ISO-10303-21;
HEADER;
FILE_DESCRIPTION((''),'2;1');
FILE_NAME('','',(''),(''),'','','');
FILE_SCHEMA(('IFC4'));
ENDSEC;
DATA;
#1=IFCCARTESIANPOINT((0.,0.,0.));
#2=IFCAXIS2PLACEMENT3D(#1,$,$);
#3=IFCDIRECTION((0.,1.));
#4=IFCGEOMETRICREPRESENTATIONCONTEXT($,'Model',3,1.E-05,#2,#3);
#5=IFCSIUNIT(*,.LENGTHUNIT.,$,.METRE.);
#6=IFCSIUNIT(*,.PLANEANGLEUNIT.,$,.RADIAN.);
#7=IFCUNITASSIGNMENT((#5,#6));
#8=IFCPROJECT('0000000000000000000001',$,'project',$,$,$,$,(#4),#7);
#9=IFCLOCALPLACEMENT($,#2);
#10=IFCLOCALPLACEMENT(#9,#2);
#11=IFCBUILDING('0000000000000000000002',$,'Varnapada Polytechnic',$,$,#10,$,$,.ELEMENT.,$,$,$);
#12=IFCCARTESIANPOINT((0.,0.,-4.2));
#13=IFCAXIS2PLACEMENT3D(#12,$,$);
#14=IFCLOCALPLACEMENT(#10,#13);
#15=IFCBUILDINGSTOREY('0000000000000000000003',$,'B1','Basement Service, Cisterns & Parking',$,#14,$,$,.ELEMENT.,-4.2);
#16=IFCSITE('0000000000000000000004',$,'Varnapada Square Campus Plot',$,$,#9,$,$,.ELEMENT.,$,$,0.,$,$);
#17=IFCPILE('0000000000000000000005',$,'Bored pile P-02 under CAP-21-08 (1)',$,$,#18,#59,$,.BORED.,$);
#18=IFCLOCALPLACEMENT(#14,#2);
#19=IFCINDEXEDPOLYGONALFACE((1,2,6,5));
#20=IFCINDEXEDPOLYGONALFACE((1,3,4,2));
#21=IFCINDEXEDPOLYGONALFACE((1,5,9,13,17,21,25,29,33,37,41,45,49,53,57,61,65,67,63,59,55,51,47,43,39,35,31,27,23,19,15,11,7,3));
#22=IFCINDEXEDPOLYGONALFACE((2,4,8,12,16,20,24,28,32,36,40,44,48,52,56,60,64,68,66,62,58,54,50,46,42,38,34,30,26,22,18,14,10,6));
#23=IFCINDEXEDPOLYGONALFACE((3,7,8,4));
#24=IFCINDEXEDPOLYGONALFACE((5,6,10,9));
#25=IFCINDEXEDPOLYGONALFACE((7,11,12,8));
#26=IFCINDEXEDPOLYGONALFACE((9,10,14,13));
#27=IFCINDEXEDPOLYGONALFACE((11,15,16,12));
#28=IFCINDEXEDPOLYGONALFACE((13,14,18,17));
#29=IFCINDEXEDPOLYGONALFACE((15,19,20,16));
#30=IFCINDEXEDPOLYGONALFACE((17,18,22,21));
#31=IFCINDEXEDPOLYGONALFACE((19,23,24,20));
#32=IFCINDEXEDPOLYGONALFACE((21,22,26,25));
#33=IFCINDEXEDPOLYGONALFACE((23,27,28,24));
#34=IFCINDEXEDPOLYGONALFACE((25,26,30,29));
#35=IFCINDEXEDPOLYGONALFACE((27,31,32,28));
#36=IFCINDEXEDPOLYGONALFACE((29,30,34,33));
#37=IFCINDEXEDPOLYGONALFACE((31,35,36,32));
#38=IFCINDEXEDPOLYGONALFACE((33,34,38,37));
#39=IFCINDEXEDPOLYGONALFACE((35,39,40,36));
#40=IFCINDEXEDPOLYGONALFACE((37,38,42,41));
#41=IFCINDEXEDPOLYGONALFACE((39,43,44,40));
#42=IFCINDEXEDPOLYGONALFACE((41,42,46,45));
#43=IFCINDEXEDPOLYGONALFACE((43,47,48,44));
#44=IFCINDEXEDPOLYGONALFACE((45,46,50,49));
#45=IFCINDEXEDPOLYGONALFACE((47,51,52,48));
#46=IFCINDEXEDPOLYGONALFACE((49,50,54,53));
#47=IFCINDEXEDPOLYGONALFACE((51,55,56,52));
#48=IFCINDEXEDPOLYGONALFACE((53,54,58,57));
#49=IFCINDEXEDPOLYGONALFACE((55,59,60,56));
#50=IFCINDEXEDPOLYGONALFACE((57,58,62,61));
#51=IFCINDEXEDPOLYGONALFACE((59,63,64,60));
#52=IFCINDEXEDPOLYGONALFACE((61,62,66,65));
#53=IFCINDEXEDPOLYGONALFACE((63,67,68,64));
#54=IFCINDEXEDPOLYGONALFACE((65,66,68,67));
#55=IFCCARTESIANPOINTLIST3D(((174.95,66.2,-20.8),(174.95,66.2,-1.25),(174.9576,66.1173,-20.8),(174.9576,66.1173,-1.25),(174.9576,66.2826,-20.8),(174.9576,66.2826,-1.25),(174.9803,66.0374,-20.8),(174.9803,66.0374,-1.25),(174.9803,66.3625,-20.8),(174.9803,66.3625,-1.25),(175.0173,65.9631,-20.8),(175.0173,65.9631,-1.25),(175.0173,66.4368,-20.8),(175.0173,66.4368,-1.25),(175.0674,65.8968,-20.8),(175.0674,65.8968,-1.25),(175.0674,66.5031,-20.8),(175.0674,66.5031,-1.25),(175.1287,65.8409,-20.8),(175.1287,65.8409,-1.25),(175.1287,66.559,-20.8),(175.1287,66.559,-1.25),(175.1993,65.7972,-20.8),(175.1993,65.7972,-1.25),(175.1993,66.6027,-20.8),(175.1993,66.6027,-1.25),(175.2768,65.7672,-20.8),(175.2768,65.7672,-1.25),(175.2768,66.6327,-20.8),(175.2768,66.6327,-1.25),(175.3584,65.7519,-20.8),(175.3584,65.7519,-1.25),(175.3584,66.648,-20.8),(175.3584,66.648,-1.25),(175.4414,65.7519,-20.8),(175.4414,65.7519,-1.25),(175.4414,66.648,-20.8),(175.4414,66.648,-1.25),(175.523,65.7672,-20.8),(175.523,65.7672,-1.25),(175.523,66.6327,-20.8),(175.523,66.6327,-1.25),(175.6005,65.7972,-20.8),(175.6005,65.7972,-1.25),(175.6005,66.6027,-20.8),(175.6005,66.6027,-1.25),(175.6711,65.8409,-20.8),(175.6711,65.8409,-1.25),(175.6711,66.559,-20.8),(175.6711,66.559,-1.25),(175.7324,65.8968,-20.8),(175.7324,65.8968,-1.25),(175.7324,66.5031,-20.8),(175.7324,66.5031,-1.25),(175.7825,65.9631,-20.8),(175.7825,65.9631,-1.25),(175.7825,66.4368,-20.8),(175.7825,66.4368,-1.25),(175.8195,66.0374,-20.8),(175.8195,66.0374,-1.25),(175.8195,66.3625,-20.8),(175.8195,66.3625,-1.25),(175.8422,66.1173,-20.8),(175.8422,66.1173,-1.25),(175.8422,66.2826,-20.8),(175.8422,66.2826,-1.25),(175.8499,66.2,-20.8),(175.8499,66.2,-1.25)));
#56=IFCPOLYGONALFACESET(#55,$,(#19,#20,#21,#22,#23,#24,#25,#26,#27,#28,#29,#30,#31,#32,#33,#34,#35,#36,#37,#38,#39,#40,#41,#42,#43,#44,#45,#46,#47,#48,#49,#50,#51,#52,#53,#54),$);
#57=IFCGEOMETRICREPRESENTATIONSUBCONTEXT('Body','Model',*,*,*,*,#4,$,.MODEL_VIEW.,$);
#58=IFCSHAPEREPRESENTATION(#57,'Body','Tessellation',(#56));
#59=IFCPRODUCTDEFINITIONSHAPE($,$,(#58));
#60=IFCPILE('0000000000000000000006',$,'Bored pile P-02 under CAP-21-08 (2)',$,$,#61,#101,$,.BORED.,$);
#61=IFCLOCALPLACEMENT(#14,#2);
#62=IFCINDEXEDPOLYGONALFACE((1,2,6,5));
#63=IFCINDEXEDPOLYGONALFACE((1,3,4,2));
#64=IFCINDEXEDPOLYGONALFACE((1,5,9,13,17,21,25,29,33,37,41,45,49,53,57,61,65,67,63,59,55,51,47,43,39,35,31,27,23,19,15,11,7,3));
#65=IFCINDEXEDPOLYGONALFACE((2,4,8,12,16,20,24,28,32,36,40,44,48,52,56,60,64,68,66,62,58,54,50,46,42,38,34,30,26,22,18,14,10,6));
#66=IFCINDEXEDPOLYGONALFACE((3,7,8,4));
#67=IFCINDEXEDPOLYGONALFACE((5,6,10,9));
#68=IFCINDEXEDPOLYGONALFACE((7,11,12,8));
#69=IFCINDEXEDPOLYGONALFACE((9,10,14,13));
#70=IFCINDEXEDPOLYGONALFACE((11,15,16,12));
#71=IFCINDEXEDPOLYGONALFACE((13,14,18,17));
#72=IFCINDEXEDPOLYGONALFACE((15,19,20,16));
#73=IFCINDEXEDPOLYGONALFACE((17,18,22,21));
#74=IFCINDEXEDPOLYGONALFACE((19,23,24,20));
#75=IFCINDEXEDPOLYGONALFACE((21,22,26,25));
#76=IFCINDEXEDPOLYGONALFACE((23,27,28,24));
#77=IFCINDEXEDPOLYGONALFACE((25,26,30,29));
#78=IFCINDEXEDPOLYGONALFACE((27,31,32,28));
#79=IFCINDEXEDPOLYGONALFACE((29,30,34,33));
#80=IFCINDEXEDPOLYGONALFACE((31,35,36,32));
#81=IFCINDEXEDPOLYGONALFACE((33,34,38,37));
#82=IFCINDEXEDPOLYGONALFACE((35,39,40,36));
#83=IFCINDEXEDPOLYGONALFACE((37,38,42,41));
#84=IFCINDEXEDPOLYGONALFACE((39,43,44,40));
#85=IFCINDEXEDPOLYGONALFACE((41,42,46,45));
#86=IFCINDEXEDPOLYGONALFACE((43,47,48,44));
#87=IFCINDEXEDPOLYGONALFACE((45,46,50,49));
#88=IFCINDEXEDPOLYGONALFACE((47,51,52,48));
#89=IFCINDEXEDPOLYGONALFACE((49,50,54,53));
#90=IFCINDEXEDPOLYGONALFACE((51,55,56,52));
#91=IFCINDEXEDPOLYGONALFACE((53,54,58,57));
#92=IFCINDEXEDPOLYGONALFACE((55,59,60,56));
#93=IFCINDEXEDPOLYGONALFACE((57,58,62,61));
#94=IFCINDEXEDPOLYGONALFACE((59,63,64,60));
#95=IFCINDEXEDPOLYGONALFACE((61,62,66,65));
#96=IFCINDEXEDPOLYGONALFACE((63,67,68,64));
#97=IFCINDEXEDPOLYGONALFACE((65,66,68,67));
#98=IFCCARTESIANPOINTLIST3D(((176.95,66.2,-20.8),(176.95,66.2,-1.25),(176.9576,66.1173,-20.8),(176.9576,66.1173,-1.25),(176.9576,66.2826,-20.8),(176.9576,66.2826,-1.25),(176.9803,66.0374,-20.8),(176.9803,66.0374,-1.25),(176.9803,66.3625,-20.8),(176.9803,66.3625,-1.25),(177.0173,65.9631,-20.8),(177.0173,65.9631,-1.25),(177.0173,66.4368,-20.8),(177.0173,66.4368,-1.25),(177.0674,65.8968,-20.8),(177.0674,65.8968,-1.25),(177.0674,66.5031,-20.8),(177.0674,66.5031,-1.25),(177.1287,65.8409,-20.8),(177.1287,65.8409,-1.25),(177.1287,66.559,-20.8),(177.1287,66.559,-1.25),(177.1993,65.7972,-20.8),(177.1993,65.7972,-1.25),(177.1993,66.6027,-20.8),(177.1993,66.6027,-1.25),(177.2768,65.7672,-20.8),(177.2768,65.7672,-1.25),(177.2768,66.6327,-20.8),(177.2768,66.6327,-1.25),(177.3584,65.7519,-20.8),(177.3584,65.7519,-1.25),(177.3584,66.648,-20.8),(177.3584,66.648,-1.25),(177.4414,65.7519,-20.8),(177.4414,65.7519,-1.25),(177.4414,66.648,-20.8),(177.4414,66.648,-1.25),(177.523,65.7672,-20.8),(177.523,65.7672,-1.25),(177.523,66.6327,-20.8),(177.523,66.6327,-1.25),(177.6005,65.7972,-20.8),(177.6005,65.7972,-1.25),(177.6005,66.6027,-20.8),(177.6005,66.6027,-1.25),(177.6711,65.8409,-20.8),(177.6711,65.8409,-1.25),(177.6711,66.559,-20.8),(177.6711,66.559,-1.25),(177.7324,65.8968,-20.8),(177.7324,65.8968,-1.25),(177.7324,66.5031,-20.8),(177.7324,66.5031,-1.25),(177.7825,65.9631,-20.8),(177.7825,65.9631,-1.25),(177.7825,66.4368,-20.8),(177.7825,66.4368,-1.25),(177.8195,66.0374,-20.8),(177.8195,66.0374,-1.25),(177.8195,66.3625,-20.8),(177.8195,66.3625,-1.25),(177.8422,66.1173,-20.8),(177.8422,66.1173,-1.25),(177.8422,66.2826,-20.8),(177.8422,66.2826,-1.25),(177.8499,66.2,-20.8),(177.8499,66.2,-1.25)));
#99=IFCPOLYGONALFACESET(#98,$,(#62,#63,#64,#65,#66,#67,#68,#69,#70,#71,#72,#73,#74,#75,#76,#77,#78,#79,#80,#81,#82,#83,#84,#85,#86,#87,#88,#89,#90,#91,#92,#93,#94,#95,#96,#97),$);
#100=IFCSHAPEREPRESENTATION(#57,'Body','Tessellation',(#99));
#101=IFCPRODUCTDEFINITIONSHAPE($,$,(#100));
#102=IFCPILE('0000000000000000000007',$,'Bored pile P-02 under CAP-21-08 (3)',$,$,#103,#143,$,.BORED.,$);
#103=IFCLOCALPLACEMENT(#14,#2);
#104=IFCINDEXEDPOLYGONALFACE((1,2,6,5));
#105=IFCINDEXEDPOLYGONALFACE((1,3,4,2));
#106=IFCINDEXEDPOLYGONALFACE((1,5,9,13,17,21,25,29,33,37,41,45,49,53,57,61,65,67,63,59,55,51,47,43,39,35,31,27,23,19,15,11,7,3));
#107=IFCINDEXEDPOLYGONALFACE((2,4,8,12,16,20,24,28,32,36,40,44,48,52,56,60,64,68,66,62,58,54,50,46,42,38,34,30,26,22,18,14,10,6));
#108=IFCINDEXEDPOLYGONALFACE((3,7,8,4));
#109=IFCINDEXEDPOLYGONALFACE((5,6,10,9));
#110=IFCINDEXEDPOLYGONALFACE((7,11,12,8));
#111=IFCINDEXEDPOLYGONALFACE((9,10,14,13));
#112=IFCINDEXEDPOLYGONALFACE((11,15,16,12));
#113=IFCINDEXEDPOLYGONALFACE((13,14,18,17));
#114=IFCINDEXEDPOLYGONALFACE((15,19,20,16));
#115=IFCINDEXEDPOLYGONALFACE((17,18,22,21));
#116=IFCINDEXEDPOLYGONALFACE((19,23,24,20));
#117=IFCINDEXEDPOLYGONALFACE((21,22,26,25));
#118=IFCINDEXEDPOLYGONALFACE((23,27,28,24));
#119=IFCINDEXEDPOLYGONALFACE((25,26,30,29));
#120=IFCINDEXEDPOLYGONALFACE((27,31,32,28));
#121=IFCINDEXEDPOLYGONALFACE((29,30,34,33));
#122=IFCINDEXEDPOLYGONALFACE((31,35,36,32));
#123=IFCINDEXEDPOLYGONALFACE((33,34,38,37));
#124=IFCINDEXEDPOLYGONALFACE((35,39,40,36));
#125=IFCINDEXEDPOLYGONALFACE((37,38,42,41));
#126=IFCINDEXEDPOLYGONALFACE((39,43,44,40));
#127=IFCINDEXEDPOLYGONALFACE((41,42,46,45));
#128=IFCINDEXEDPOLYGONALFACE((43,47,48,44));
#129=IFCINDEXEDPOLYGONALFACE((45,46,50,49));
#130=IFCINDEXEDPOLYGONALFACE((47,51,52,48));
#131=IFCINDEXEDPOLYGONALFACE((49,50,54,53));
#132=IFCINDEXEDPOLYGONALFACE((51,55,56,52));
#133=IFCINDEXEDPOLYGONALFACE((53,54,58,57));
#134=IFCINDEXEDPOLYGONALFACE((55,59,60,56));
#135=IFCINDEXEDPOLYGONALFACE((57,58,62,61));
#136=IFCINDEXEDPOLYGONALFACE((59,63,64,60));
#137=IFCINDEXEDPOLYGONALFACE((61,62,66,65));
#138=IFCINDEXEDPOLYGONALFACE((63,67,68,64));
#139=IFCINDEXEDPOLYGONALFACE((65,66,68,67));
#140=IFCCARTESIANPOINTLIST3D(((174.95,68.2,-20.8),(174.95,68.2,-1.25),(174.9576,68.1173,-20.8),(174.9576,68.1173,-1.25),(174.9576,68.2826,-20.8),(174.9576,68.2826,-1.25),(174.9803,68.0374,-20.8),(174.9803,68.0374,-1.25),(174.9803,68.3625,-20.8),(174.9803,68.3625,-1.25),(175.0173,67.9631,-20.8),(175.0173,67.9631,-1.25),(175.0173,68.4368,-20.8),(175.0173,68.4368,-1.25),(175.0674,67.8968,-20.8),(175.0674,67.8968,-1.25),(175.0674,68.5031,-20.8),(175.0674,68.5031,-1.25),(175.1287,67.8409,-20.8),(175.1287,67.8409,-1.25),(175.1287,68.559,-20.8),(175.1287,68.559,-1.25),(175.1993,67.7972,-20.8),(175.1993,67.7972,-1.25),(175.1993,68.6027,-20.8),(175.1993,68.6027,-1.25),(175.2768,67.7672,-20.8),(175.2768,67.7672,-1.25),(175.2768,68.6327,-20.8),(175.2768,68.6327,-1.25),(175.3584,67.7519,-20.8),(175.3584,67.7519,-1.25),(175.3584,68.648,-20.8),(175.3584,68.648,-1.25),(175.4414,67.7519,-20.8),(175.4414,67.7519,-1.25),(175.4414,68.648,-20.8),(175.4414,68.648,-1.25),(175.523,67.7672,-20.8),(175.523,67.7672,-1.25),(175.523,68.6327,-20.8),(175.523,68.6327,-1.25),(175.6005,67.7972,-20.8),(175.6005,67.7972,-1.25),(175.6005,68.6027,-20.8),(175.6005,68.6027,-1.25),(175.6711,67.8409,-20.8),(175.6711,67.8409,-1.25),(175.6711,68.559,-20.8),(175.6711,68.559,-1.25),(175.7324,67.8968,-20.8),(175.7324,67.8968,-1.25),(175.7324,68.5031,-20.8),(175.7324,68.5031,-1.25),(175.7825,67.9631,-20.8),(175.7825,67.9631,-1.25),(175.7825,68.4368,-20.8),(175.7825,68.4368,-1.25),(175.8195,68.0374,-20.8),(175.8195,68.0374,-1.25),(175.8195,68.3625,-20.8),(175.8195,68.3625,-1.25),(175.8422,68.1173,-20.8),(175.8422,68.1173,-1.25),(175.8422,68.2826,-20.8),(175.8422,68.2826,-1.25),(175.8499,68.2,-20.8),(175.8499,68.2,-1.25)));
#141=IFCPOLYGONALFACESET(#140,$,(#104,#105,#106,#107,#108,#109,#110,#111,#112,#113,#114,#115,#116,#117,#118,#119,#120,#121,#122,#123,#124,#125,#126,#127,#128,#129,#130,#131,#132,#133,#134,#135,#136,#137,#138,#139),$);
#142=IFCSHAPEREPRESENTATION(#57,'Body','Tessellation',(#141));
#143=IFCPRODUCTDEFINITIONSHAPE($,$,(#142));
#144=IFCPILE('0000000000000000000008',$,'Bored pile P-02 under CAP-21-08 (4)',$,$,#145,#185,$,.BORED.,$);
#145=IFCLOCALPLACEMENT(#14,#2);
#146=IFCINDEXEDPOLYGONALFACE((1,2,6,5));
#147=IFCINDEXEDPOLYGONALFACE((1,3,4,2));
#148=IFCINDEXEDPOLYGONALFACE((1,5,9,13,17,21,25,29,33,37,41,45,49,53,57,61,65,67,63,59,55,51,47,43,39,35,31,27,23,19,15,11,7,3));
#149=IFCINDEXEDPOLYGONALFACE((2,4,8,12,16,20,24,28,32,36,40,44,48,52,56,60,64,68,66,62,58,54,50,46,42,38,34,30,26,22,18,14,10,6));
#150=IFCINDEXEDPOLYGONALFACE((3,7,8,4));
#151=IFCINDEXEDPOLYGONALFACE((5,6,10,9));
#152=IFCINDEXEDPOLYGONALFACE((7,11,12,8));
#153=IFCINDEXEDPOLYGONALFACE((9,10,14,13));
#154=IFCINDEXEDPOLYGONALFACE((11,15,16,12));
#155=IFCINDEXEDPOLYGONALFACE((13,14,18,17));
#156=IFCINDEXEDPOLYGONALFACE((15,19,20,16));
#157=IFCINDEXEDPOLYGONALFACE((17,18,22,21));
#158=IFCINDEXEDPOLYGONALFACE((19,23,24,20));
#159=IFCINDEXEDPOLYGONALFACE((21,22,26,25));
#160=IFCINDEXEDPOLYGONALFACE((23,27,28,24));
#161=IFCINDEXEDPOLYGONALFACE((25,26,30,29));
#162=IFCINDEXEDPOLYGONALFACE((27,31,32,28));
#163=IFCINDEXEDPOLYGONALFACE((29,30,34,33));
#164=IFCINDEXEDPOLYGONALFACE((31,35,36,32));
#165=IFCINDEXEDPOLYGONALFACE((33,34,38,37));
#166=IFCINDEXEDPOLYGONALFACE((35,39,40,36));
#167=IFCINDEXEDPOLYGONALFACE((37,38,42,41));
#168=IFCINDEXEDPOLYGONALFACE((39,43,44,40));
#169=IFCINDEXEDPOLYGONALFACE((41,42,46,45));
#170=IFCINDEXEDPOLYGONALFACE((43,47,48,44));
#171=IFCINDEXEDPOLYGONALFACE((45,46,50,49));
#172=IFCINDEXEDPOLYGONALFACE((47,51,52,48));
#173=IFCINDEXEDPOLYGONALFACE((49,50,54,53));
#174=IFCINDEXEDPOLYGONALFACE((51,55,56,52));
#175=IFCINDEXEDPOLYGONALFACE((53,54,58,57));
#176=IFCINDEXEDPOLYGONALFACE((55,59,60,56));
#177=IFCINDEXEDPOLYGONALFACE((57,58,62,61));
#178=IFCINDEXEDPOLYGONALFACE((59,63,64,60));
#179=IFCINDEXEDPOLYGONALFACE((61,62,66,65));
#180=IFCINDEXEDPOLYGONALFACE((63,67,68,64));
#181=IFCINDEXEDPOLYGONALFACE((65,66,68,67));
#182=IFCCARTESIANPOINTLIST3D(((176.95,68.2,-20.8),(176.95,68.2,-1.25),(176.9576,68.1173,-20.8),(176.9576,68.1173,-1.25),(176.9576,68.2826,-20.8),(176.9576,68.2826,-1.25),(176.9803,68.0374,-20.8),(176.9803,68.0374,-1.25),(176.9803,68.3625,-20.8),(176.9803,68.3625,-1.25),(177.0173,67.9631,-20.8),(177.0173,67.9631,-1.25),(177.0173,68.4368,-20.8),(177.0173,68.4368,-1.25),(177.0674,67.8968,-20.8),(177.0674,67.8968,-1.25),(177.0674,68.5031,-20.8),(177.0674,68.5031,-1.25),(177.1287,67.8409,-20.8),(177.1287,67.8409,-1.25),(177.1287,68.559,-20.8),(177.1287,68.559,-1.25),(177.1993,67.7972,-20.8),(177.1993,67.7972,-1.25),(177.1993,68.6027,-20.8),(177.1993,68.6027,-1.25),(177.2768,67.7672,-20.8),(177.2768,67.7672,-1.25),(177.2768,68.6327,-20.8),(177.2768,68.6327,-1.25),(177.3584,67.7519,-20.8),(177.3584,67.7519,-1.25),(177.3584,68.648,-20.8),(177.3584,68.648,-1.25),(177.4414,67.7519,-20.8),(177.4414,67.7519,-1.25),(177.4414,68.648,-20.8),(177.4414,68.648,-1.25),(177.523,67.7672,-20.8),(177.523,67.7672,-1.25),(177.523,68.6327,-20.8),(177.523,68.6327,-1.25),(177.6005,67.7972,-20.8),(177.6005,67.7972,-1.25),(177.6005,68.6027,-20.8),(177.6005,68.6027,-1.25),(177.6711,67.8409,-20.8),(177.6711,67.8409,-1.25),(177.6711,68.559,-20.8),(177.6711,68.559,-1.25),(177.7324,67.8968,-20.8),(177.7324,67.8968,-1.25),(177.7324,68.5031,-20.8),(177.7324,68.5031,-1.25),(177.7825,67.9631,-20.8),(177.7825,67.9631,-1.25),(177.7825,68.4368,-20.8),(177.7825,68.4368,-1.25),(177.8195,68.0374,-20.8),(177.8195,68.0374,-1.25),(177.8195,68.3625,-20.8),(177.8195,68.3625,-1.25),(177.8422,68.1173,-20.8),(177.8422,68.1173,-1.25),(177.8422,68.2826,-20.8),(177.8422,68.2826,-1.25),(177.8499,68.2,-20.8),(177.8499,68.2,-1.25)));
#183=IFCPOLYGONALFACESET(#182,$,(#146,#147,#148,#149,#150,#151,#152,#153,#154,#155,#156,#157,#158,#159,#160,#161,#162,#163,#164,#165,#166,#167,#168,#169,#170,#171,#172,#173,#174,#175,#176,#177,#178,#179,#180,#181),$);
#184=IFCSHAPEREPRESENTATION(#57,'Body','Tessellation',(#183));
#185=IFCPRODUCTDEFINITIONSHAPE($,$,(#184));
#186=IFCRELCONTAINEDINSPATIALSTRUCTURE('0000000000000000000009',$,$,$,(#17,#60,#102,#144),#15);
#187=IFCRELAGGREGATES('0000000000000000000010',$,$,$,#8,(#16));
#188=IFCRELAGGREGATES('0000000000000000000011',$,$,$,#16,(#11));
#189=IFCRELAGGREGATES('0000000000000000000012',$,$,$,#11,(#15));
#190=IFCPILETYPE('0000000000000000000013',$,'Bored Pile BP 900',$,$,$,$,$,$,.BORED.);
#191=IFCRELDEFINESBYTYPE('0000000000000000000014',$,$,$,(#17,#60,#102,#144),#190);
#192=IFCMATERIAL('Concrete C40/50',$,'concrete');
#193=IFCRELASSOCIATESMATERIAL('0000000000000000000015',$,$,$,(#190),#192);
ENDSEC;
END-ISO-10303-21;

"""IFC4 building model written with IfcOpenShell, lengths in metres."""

from ifc_helpers import new_model, si_unit, direction, frame, origin, origin_2d, place, context, subcontext, project, spatial, circle, extrude, material, material_profile, profile_set, type_object, element, save


model = new_model("IFC4")

# Units and contexts
model_context = context("Model", 3, precision=1e-05, world=origin(), true_north=direction((0.0, 1.0)))
body_context = subcontext(model_context, "Body", "Model", "MODEL_VIEW")
ifc_project = project(units=[si_unit("LENGTHUNIT", "METRE"), si_unit("PLANEANGLEUNIT", "RADIAN")], contexts=[model_context])

# Site, building, storey
site_placement = place(None, origin())
site = spatial("IfcSite", under=ifc_project, at=site_placement, Name="Varnapada Square Campus Plot", CompositionType="ELEMENT", RefElevation=0.0)
building_placement = place(site_placement, origin())
building = spatial("IfcBuilding", under=site, at=building_placement, Name="Varnapada Polytechnic", CompositionType="ELEMENT")
storey_placement = place(building_placement, frame((0.0, 0.0, -4.2)))
storey = spatial("IfcBuildingStorey", under=building, at=storey_placement, Name="B1", Description="Basement Service, Cisterns & Parking", CompositionType="ELEMENT", Elevation=-4.2)

# Piles
ifc_material_1 = material(Name="Concrete C40/50", Category="concrete")
ifc_material_profile_1 = material_profile(ifc_material_1, circle(Radius=0.45, at=origin_2d()), Name="BP 900")
ifc_profile_set_1 = profile_set([ifc_material_profile_1], Name="Concrete C40/50")
pile_type = type_object("IfcPileType", Name="Bored Pile BP 900", PredefinedType="BORED", material=ifc_profile_set_1)
for number, where, z_axis, x_axis, name in (
    (1, (175.3999, 66.2, -1.25), (0.0, 0.0, -1.0), (1.0, 0.0, 0.0), "Bored pile P-02 under CAP-21-08 (1)"),
    (2, (177.3999, 66.2, -1.25), (0.0, 0.0, -1.0), (1.0, 0.0, 0.0), "Bored pile P-02 under CAP-21-08 (2)"),
    (3, (175.3999, 68.2, -1.25), (0.0, 0.0, -1.0), (1.0, 0.0, 0.0), "Bored pile P-02 under CAP-21-08 (3)"),
    (4, (177.3999, 68.2, -1.25), (0.0, 0.0, -1.0), (1.0, 0.0, 0.0), "Bored pile P-02 under CAP-21-08 (4)"),
):
    element("IfcPile", number, at=place(storey_placement, frame(where, z_axis=z_axis, x_axis=x_axis)), inside=storey, type_object=pile_type, Name=name, PredefinedType="BORED", context=body_context, shape_type="SweptSolid", body=[
        extrude(circle(Radius=0.45, at=origin_2d()), origin(), (0.0, 0.0, 1.0), 19.55),
    ])

save(model, "model.ifc")
